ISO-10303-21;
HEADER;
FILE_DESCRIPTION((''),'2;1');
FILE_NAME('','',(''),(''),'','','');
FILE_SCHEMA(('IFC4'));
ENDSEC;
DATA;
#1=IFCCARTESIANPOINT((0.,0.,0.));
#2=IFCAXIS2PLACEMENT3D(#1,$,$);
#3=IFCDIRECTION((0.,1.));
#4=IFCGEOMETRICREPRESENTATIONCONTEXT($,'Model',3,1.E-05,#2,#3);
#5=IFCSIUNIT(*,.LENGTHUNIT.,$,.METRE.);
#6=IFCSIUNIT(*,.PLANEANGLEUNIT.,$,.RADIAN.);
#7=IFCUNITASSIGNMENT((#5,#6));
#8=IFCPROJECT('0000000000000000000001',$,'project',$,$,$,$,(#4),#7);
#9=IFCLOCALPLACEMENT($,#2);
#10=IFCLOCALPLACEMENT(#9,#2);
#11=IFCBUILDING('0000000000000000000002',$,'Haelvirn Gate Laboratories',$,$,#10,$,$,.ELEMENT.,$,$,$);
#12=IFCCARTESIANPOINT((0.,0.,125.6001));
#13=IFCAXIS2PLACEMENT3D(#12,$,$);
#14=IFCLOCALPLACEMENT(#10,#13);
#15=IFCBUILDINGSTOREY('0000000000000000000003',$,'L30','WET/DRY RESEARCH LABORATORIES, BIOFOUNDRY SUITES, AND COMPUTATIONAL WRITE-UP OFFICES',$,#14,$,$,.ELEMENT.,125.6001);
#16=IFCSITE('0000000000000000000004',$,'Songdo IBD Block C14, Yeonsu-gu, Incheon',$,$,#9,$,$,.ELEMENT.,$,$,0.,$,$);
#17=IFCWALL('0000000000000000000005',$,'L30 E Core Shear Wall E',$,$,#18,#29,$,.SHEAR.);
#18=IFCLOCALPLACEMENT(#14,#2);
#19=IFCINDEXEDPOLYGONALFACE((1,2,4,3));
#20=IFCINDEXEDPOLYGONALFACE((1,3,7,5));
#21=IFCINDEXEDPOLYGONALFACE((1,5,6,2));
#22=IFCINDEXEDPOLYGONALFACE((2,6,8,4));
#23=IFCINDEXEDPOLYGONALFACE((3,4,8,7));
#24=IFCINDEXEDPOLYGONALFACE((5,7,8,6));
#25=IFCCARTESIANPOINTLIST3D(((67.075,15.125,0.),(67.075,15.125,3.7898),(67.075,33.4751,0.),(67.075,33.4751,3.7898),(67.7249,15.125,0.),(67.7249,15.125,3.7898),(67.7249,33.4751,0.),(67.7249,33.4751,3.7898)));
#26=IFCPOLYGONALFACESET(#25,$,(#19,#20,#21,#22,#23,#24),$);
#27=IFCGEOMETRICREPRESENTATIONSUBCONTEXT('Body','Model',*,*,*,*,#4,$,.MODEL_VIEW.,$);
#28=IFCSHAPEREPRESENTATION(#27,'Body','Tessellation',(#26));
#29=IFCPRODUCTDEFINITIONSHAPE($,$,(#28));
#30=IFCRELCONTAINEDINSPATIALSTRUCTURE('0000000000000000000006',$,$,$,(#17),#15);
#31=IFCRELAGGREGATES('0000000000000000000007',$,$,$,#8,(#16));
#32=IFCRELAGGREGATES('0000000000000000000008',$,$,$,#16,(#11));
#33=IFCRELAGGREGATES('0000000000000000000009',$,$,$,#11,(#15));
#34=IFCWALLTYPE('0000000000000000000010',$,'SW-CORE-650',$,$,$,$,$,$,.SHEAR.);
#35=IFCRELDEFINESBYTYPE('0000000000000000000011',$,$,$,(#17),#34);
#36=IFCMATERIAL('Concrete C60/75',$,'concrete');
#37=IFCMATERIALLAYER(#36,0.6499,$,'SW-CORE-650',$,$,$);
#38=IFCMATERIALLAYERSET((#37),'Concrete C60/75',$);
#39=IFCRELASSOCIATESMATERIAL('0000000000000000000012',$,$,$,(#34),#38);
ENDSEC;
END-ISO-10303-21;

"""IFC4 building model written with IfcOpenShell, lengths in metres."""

from ifc_helpers import new_model, si_unit, direction, frame, frame_2d, origin, place, context, subcontext, project, spatial, rectangle, extrude, material, layer, layer_set, type_object, element, save


model = new_model("IFC4")

# Units and contexts
model_context = context("Model", 3, precision=1e-05, world=origin(), true_north=direction((0.0, 1.0)))
body_context = subcontext(model_context, "Body", "Model", "MODEL_VIEW")
ifc_project = project(units=[si_unit("LENGTHUNIT", "METRE"), si_unit("PLANEANGLEUNIT", "RADIAN")], contexts=[model_context])

# Site, building, storey
site_placement = place(None, origin())
site = spatial("IfcSite", under=ifc_project, at=site_placement, Name="Songdo IBD Block C14, Yeonsu-gu, Incheon", CompositionType="ELEMENT", RefElevation=0.0)
building_placement = place(site_placement, origin())
building = spatial("IfcBuilding", under=site, at=building_placement, Name="Haelvirn Gate Laboratories", CompositionType="ELEMENT")
storey_placement = place(building_placement, frame((0.0, 0.0, 125.6001)))
storey = spatial("IfcBuildingStorey", under=building, at=storey_placement, Name="L30", Description="WET/DRY RESEARCH LABORATORIES, BIOFOUNDRY SUITES, AND COMPUTATIONAL WRITE-UP OFFICES", CompositionType="ELEMENT", Elevation=125.6001)

# Shared definitions
ifc_material_1 = material(Name="Concrete C60/75", Category="concrete")

# Wall
ifc_layer_1 = layer(ifc_material_1, 0.6499, Name="SW-CORE-650")
ifc_layer_set_1 = layer_set([ifc_layer_1], Name="Concrete C60/75")
wall_type_1 = type_object("IfcWallType", Name="SW-CORE-650", PredefinedType="SHEAR", material=ifc_layer_set_1)
wall_1_placement = place(storey_placement, frame((67.3999, 15.125, 0.0), z_axis=(0.0, 0.0, 1.0), x_axis=(0.0, 1.0, 0.0)))
element("IfcWall", 1, at=wall_1_placement, inside=storey, type_object=wall_type_1, Name="L30 E Core Shear Wall E", PredefinedType="SHEAR", context=body_context, shape_type="SweptSolid", body=[
    extrude(rectangle(XDim=18.3501, YDim=0.6499, at=frame_2d((9.175, 0.0))), origin(), (0.0, 0.0, 1.0), 3.7898),
])

save(model, "model.ifc")
